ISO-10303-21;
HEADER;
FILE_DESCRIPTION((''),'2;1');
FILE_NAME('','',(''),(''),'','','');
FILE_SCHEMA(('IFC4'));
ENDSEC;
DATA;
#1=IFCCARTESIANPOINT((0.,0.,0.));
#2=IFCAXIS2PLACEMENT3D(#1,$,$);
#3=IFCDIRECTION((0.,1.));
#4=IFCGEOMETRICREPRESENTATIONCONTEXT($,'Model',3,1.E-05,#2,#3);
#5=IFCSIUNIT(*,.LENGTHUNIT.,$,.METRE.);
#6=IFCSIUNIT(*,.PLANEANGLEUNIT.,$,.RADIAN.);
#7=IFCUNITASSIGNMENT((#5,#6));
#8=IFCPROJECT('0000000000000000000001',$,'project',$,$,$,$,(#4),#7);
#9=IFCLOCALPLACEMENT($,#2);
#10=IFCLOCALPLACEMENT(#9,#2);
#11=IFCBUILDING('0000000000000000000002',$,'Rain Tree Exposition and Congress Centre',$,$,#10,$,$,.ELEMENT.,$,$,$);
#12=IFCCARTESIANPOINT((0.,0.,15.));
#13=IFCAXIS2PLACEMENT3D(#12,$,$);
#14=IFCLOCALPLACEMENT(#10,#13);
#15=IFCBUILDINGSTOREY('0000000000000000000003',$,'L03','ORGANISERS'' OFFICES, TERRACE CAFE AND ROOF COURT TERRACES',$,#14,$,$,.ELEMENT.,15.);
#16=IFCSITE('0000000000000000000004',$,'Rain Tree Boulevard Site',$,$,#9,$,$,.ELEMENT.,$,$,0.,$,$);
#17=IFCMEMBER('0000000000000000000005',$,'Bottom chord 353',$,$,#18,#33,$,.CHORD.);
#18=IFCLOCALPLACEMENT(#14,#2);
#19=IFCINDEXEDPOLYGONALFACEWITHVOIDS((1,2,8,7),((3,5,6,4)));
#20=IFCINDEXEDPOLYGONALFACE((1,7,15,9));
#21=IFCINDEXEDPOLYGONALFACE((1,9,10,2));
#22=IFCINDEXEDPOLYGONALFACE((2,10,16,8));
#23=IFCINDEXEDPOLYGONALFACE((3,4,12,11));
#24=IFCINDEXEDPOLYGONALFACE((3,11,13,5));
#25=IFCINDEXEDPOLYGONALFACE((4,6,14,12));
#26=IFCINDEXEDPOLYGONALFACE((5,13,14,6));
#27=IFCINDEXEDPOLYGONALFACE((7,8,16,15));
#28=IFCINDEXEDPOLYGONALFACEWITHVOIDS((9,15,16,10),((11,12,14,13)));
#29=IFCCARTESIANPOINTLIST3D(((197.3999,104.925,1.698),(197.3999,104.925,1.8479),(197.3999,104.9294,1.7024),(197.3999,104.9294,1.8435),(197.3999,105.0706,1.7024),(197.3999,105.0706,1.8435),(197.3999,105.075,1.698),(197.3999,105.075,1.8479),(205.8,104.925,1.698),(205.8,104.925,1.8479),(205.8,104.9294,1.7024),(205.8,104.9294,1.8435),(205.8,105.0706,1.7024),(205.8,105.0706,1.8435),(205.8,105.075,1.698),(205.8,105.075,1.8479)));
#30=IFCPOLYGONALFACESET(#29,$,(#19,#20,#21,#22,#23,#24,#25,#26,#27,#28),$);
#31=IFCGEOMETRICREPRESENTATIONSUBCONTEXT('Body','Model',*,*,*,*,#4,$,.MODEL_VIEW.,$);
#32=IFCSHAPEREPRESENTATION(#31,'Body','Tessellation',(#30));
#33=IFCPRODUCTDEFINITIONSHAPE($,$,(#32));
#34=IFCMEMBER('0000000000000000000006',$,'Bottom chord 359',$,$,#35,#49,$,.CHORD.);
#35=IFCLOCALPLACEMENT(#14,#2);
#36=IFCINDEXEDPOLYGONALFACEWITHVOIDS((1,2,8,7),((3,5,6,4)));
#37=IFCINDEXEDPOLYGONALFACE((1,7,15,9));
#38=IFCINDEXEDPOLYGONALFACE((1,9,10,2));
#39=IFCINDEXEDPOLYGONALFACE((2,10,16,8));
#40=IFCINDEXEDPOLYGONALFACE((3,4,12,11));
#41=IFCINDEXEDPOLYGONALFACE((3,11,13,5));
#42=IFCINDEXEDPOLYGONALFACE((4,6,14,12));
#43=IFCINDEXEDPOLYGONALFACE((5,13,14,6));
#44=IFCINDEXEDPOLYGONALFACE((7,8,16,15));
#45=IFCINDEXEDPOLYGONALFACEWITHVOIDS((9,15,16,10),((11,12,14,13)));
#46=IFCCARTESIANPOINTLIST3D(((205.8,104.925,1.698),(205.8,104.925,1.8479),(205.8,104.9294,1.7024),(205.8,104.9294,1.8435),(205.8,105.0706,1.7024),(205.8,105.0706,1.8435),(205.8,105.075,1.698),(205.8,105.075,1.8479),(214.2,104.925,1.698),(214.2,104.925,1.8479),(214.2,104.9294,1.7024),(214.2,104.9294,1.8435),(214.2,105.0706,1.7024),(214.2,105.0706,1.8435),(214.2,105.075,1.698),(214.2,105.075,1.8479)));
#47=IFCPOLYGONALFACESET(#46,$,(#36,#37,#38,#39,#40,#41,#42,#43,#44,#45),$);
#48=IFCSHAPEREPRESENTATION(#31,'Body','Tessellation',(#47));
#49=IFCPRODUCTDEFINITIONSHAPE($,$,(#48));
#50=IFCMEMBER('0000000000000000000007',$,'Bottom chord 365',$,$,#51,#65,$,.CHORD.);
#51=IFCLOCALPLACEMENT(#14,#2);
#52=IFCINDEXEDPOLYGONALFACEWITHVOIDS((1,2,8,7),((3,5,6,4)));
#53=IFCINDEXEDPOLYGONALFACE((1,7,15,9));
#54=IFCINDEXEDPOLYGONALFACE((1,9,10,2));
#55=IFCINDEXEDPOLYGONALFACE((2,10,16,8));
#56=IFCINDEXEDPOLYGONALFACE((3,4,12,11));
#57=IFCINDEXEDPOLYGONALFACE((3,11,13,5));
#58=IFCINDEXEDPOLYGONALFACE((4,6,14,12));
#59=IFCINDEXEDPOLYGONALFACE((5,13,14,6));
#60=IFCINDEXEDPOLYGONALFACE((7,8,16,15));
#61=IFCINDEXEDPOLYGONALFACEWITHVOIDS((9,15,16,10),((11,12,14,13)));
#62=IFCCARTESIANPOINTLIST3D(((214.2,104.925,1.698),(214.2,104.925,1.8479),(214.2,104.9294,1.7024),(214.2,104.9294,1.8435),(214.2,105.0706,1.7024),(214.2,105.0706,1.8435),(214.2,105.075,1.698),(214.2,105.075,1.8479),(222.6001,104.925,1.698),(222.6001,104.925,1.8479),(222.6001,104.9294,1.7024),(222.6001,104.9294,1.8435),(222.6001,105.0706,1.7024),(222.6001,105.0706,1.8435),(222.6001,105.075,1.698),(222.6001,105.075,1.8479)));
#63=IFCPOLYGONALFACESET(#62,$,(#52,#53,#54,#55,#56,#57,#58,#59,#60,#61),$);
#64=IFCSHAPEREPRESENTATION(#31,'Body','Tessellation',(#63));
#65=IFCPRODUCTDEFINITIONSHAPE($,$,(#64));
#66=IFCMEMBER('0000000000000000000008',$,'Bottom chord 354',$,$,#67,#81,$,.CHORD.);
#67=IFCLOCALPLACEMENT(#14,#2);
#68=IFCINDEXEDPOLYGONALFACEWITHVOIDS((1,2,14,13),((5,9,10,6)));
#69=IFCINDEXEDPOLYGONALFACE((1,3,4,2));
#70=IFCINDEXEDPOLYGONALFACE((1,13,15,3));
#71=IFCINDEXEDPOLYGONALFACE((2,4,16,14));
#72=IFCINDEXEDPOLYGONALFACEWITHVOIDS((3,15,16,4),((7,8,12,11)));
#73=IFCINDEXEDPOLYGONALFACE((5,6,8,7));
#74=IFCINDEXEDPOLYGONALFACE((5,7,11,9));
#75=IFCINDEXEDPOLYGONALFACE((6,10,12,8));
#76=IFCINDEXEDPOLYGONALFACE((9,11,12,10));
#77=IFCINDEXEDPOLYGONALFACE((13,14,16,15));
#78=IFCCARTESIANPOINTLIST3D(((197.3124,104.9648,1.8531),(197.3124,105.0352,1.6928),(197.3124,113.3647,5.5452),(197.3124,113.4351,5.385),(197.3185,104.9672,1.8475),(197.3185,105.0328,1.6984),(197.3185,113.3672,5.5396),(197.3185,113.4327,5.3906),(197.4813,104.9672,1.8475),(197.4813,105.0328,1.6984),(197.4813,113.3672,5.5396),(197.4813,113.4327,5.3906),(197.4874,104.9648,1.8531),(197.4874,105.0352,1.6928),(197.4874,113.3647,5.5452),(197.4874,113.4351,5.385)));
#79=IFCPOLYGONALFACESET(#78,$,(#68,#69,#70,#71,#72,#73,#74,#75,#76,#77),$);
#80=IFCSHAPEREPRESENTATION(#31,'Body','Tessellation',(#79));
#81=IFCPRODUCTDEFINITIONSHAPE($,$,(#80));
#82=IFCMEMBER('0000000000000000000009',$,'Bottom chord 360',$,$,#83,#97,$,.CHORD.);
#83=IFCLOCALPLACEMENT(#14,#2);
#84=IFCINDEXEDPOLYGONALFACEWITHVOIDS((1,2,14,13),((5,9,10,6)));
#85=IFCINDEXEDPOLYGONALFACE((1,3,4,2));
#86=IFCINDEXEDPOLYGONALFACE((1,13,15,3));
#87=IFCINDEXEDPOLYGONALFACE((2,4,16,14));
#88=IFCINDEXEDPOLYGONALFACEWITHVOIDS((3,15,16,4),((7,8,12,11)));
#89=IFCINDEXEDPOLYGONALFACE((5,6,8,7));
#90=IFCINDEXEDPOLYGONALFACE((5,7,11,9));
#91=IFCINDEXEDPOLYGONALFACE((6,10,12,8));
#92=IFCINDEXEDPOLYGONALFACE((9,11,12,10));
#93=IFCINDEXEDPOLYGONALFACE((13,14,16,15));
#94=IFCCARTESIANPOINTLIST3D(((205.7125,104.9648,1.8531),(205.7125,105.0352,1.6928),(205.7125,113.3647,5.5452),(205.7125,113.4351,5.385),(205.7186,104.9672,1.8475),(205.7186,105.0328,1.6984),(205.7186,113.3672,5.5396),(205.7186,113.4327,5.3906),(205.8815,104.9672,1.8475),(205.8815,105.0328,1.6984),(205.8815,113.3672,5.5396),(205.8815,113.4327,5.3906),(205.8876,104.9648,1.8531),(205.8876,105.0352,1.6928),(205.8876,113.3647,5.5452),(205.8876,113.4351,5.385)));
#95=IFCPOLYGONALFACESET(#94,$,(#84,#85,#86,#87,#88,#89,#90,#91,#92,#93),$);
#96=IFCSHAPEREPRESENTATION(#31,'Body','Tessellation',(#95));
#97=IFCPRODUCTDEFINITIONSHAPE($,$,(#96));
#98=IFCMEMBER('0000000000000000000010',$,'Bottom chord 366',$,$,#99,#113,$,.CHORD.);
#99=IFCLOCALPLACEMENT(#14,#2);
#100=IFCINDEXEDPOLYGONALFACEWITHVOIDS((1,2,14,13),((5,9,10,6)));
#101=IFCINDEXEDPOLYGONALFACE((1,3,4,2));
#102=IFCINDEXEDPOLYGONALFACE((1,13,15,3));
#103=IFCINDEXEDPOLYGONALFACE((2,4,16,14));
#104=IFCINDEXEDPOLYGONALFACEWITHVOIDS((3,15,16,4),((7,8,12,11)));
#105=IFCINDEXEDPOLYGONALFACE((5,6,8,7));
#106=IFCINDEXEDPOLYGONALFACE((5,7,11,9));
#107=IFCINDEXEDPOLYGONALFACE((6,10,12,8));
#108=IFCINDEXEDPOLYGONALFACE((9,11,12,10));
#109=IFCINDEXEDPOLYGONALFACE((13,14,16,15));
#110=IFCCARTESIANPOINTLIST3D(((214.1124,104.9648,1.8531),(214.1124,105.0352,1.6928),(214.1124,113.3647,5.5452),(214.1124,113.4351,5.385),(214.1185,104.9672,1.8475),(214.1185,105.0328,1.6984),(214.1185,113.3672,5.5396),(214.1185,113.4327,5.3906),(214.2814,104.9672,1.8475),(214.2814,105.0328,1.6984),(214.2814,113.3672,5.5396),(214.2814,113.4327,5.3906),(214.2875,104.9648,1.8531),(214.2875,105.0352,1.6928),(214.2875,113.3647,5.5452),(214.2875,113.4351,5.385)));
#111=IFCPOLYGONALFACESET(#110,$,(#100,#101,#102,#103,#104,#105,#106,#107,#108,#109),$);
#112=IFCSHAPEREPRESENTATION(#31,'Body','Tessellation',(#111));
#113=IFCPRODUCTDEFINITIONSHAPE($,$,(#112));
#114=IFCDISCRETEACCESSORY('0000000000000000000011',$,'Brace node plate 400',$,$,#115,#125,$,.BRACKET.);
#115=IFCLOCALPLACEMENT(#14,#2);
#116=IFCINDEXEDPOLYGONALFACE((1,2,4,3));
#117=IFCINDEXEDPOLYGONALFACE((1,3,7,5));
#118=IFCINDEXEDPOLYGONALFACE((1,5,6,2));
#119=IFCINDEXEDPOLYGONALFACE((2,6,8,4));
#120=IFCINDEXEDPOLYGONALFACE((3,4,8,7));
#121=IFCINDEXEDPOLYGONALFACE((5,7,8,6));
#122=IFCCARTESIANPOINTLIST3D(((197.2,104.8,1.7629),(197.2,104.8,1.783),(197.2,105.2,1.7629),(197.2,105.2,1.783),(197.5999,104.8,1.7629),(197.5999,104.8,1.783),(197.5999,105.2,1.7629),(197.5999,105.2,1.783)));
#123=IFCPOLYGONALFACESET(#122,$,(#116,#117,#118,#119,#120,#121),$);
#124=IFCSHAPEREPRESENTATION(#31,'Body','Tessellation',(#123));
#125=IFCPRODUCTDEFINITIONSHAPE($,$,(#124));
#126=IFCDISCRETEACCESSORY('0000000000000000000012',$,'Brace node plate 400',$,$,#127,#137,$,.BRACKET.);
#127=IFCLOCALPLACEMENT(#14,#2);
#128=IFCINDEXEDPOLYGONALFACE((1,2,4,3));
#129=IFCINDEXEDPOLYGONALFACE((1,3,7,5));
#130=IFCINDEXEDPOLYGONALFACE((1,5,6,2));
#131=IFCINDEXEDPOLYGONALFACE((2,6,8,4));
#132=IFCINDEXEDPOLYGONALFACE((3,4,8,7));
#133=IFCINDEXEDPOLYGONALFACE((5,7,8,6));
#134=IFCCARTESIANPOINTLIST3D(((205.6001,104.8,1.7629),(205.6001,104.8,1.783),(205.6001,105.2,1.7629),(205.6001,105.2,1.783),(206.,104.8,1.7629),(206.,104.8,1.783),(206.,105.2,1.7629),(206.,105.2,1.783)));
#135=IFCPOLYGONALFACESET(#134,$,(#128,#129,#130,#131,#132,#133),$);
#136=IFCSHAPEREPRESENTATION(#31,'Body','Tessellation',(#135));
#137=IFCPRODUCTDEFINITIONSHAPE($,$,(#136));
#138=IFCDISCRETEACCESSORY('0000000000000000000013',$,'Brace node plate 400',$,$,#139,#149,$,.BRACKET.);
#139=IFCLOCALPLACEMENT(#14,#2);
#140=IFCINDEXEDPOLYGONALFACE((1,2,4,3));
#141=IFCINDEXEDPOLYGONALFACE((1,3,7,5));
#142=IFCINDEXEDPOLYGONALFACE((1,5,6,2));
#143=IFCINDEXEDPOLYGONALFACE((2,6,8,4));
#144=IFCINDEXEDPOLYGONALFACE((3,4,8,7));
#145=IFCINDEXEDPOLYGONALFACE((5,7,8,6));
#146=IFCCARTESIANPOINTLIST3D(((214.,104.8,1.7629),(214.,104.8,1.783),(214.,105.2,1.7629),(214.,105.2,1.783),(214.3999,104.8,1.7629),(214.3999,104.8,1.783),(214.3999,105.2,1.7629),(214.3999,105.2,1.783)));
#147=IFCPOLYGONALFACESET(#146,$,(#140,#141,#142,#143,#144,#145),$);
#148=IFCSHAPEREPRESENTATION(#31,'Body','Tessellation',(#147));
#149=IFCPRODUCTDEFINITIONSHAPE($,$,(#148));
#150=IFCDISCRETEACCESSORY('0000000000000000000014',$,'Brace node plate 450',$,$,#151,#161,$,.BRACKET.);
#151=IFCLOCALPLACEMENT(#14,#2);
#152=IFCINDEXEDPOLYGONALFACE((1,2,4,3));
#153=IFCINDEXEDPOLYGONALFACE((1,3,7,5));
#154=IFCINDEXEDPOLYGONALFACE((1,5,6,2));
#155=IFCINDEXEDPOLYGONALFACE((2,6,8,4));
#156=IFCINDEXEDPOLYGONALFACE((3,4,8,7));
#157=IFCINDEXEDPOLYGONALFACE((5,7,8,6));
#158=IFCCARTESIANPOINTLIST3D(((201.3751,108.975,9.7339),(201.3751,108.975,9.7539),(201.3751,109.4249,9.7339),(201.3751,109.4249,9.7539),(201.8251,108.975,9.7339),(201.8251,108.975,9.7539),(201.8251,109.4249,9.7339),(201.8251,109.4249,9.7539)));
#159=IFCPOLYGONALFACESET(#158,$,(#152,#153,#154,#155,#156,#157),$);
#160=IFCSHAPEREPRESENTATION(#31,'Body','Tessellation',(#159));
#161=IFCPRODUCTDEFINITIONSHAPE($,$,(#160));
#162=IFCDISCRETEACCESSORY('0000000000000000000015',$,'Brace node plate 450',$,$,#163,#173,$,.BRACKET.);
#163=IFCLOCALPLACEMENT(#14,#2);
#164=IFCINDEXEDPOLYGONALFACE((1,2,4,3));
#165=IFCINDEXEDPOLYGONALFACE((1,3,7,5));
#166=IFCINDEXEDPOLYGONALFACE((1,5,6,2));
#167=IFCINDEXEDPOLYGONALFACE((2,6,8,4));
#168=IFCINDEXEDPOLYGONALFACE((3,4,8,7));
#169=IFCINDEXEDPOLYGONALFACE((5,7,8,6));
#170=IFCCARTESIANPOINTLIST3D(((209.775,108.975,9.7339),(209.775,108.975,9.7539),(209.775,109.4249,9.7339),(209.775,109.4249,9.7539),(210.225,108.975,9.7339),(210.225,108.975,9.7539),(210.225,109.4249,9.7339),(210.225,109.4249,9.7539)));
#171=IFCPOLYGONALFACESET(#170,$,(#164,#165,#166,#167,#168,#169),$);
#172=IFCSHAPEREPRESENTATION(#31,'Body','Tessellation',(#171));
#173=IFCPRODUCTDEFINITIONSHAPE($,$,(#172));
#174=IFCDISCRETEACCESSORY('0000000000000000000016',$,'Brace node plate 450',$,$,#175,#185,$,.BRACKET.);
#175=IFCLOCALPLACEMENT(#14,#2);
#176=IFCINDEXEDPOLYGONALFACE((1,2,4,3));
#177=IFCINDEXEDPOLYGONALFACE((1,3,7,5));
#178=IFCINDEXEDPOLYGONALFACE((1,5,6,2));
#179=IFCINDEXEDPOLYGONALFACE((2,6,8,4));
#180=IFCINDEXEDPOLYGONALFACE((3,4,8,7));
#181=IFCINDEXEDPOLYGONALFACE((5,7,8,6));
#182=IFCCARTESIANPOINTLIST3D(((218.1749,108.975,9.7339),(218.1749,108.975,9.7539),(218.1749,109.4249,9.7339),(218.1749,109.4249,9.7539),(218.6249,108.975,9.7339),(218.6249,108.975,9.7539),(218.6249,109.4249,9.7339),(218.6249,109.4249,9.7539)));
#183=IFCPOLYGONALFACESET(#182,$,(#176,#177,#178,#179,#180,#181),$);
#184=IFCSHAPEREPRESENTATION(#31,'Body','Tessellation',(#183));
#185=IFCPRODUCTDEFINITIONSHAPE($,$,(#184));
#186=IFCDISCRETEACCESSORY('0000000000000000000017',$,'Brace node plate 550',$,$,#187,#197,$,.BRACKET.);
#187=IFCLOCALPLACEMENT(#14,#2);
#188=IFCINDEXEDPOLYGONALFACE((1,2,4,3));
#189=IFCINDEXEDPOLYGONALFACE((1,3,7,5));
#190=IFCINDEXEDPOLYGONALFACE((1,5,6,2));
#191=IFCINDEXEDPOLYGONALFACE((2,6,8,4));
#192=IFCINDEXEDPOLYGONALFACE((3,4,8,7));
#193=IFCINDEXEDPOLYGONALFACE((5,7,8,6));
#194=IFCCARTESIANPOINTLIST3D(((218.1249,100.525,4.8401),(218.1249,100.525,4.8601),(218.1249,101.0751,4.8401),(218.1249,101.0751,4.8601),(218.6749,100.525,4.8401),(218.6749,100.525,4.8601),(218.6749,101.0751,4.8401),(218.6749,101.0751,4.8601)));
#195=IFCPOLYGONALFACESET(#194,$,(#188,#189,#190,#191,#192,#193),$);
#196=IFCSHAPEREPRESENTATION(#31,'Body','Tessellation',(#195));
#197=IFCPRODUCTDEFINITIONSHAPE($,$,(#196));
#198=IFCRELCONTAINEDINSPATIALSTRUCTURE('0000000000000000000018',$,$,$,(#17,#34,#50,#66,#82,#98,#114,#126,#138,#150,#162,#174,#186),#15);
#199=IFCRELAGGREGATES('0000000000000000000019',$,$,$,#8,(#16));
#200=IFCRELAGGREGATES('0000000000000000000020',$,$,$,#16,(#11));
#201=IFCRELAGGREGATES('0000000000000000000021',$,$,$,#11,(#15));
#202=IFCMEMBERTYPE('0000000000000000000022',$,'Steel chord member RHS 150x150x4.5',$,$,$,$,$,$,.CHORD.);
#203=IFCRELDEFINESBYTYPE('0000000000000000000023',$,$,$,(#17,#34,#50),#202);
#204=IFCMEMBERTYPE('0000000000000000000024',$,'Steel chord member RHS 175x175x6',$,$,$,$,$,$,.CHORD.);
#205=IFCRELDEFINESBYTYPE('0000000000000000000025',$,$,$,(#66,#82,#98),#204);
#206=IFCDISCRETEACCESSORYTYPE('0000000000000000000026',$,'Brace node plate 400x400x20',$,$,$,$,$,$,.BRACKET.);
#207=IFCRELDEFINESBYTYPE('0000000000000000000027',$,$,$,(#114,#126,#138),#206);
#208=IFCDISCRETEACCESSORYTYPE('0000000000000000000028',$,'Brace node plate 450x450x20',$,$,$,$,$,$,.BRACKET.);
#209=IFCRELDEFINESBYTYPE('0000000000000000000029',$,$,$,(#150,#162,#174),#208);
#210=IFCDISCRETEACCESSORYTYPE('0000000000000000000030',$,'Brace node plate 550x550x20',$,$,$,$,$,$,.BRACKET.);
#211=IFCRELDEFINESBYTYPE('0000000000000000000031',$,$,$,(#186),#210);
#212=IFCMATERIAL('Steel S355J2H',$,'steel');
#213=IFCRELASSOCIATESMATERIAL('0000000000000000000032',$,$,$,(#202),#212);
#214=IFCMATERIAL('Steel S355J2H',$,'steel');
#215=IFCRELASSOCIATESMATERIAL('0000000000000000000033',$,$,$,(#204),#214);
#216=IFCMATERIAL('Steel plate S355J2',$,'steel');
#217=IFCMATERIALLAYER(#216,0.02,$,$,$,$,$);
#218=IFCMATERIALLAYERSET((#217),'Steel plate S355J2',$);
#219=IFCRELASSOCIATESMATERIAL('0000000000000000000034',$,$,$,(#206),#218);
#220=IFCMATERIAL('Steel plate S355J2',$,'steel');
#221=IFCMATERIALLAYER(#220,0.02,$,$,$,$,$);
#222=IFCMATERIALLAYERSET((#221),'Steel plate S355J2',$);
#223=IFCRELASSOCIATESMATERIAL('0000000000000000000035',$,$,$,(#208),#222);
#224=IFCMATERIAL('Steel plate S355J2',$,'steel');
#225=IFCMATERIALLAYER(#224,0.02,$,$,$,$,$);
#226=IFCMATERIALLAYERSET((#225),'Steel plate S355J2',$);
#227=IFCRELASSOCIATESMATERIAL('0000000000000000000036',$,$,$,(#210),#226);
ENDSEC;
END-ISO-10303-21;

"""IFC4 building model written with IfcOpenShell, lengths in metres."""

from ifc_helpers import new_model, si_unit, direction, frame, origin, origin_2d, place, context, subcontext, project, spatial, rectangle, hollow_rectangle, extrude, material, layer, layer_set, material_profile, profile_set, type_object, element, save


model = new_model("IFC4")

# Units and contexts
model_context = context("Model", 3, precision=1e-05, world=origin(), true_north=direction((0.0, 1.0)))
body_context = subcontext(model_context, "Body", "Model", "MODEL_VIEW")
ifc_project = project(units=[si_unit("LENGTHUNIT", "METRE"), si_unit("PLANEANGLEUNIT", "RADIAN")], contexts=[model_context])

# Site, building, storey
site_placement = place(None, origin())
site = spatial("IfcSite", under=ifc_project, at=site_placement, Name="Rain Tree Boulevard Site", CompositionType="ELEMENT", RefElevation=0.0)
building_placement = place(site_placement, origin())
building = spatial("IfcBuilding", under=site, at=building_placement, Name="Rain Tree Exposition and Congress Centre", CompositionType="ELEMENT")
storey_placement = place(building_placement, frame((0.0, 0.0, 15.0)))
storey = spatial("IfcBuildingStorey", under=building, at=storey_placement, Name="L03", Description="ORGANISERS' OFFICES, TERRACE CAFE AND ROOF COURT TERRACES", CompositionType="ELEMENT", Elevation=15.0)

# Members
ifc_material_1 = material(Name="Steel S355J2H", Category="steel")
ifc_material_profile_1 = material_profile(ifc_material_1, hollow_rectangle(XDim=0.1499, YDim=0.1499, WallThickness=0.0044, at=origin_2d()), Name="RHS 150x150x4.5")
ifc_profile_set_1 = profile_set([ifc_material_profile_1], Name="Steel S355J2H")
member_type_1 = type_object("IfcMemberType", Name="Steel chord member RHS 150x150x4.5", PredefinedType="CHORD", material=ifc_profile_set_1)
member_1_placement = place(storey_placement, frame((197.3999, 105.0, 1.7729), z_axis=(1.0, 0.0, 0.0), x_axis=(0.0, 1.0, 0.0)))
element("IfcMember", 1, at=member_1_placement, inside=storey, type_object=member_type_1, Name="Bottom chord 353", PredefinedType="CHORD", context=body_context, shape_type="SweptSolid", body=[
    extrude(hollow_rectangle(XDim=0.1499, YDim=0.1499, WallThickness=0.0044, at=origin_2d()), origin(), (0.0, 0.0, 1.0), 8.4001),
])
member_2_placement = place(storey_placement, frame((205.8, 105.0, 1.7729), z_axis=(1.0, 0.0, 0.0), x_axis=(0.0, 1.0, 0.0)))
element("IfcMember", 2, at=member_2_placement, inside=storey, type_object=member_type_1, Name="Bottom chord 359", PredefinedType="CHORD", context=body_context, shape_type="SweptSolid", body=[
    extrude(hollow_rectangle(XDim=0.1499, YDim=0.1499, WallThickness=0.0044, at=origin_2d()), origin(), (0.0, 0.0, 1.0), 8.3999),
])
member_3_placement = place(storey_placement, frame((214.2, 105.0, 1.7729), z_axis=(1.0, 0.0, 0.0), x_axis=(0.0, 1.0, 0.0)))
element("IfcMember", 3, at=member_3_placement, inside=storey, type_object=member_type_1, Name="Bottom chord 365", PredefinedType="CHORD", context=body_context, shape_type="SweptSolid", body=[
    extrude(hollow_rectangle(XDim=0.1499, YDim=0.1499, WallThickness=0.0044, at=origin_2d()), origin(), (0.0, 0.0, 1.0), 8.4001),
])
ifc_material_2 = material(Name="Steel S355J2H", Category="steel")
ifc_material_profile_2 = material_profile(ifc_material_2, hollow_rectangle(XDim=0.175, YDim=0.175, WallThickness=0.0061, at=origin_2d()), Name="RHS 175x175x6")
ifc_profile_set_2 = profile_set([ifc_material_profile_2], Name="Steel S355J2H")
member_type_2 = type_object("IfcMemberType", Name="Steel chord member RHS 175x175x6", PredefinedType="CHORD", material=ifc_profile_set_2)
for number, where, z_axis, x_axis, name in (
    (4, (197.3999, 105.0, 1.7729), (0.0, 0.915468, 0.40239), (-1.0, 0.0, 0.0), "Bottom chord 354"),
    (5, (205.8, 105.0, 1.7729), (0.0, 0.915468, 0.40239), (-1.0, 0.0, 0.0), "Bottom chord 360"),
    (6, (214.2, 105.0, 1.7729), (0.0, 0.915468, 0.40239), (-1.0, 0.0, 0.0), "Bottom chord 366"),
):
    element("IfcMember", number, at=place(storey_placement, frame(where, z_axis=z_axis, x_axis=x_axis)), inside=storey, type_object=member_type_2, Name=name, PredefinedType="CHORD", context=body_context, shape_type="SweptSolid", body=[
        extrude(hollow_rectangle(XDim=0.175, YDim=0.175, WallThickness=0.0061, at=origin_2d()), origin(), (0.0, 0.0, 1.0), 9.1755),
    ])

# Discrete accessories
ifc_material_3 = material(Name="Steel plate S355J2", Category="steel")
ifc_layer_1 = layer(ifc_material_3, 0.02)
ifc_layer_set_1 = layer_set([ifc_layer_1], Name="Steel plate S355J2")
discrete_accessory_type_1 = type_object("IfcDiscreteAccessoryType", Name="Brace node plate 400x400x20", PredefinedType="BRACKET", material=ifc_layer_set_1)
for number, where, z_axis, x_axis, name in (
    (7, (197.3999, 105.0, 1.7629), (0.0, 0.0, 1.0), (1.0, 0.0, 0.0), "Brace node plate 400"),
    (8, (205.8, 105.0, 1.7629), (0.0, 0.0, 1.0), (1.0, 0.0, 0.0), "Brace node plate 400"),
    (9, (214.2, 105.0, 1.7629), (0.0, 0.0, 1.0), (1.0, 0.0, 0.0), "Brace node plate 400"),
):
    element("IfcDiscreteAccessory", number, at=place(storey_placement, frame(where, z_axis=z_axis, x_axis=x_axis)), inside=storey, type_object=discrete_accessory_type_1, Name=name, PredefinedType="BRACKET", context=body_context, shape_type="SweptSolid", body=[
        extrude(rectangle(XDim=0.3999, YDim=0.3999, at=origin_2d()), origin(), (0.0, 0.0, 1.0), 0.02),
    ])
ifc_material_4 = material(Name="Steel plate S355J2", Category="steel")
ifc_layer_2 = layer(ifc_material_4, 0.02)
ifc_layer_set_2 = layer_set([ifc_layer_2], Name="Steel plate S355J2")
discrete_accessory_type_2 = type_object("IfcDiscreteAccessoryType", Name="Brace node plate 450x450x20", PredefinedType="BRACKET", material=ifc_layer_set_2)
for number, where, z_axis, x_axis, name in (
    (10, (201.6001, 109.2, 9.7339), (0.0, 0.0, 1.0), (1.0, 0.0, 0.0), "Brace node plate 450"),
    (11, (210.0, 109.2, 9.7339), (0.0, 0.0, 1.0), (1.0, 0.0, 0.0), "Brace node plate 450"),
    (12, (218.3999, 109.2, 9.7339), (0.0, 0.0, 1.0), (1.0, 0.0, 0.0), "Brace node plate 450"),
):
    element("IfcDiscreteAccessory", number, at=place(storey_placement, frame(where, z_axis=z_axis, x_axis=x_axis)), inside=storey, type_object=discrete_accessory_type_2, Name=name, PredefinedType="BRACKET", context=body_context, shape_type="SweptSolid", body=[
        extrude(rectangle(XDim=0.45, YDim=0.45, at=origin_2d()), origin(), (0.0, 0.0, 1.0), 0.02),
    ])
ifc_material_5 = material(Name="Steel plate S355J2", Category="steel")
ifc_layer_3 = layer(ifc_material_5, 0.02)
ifc_layer_set_3 = layer_set([ifc_layer_3], Name="Steel plate S355J2")
discrete_accessory_type_3 = type_object("IfcDiscreteAccessoryType", Name="Brace node plate 550x550x20", PredefinedType="BRACKET", material=ifc_layer_set_3)
discrete_accessory_placement = place(storey_placement, frame((218.3999, 100.8, 4.8401), z_axis=(0.0, 0.0, 1.0), x_axis=(1.0, 0.0, 0.0)))
element("IfcDiscreteAccessory", 13, at=discrete_accessory_placement, inside=storey, type_object=discrete_accessory_type_3, Name="Brace node plate 550", PredefinedType="BRACKET", context=body_context, shape_type="SweptSolid", body=[
    extrude(rectangle(XDim=0.55, YDim=0.55, at=origin_2d()), origin(), (0.0, 0.0, 1.0), 0.02),
])

save(model, "model.ifc")
